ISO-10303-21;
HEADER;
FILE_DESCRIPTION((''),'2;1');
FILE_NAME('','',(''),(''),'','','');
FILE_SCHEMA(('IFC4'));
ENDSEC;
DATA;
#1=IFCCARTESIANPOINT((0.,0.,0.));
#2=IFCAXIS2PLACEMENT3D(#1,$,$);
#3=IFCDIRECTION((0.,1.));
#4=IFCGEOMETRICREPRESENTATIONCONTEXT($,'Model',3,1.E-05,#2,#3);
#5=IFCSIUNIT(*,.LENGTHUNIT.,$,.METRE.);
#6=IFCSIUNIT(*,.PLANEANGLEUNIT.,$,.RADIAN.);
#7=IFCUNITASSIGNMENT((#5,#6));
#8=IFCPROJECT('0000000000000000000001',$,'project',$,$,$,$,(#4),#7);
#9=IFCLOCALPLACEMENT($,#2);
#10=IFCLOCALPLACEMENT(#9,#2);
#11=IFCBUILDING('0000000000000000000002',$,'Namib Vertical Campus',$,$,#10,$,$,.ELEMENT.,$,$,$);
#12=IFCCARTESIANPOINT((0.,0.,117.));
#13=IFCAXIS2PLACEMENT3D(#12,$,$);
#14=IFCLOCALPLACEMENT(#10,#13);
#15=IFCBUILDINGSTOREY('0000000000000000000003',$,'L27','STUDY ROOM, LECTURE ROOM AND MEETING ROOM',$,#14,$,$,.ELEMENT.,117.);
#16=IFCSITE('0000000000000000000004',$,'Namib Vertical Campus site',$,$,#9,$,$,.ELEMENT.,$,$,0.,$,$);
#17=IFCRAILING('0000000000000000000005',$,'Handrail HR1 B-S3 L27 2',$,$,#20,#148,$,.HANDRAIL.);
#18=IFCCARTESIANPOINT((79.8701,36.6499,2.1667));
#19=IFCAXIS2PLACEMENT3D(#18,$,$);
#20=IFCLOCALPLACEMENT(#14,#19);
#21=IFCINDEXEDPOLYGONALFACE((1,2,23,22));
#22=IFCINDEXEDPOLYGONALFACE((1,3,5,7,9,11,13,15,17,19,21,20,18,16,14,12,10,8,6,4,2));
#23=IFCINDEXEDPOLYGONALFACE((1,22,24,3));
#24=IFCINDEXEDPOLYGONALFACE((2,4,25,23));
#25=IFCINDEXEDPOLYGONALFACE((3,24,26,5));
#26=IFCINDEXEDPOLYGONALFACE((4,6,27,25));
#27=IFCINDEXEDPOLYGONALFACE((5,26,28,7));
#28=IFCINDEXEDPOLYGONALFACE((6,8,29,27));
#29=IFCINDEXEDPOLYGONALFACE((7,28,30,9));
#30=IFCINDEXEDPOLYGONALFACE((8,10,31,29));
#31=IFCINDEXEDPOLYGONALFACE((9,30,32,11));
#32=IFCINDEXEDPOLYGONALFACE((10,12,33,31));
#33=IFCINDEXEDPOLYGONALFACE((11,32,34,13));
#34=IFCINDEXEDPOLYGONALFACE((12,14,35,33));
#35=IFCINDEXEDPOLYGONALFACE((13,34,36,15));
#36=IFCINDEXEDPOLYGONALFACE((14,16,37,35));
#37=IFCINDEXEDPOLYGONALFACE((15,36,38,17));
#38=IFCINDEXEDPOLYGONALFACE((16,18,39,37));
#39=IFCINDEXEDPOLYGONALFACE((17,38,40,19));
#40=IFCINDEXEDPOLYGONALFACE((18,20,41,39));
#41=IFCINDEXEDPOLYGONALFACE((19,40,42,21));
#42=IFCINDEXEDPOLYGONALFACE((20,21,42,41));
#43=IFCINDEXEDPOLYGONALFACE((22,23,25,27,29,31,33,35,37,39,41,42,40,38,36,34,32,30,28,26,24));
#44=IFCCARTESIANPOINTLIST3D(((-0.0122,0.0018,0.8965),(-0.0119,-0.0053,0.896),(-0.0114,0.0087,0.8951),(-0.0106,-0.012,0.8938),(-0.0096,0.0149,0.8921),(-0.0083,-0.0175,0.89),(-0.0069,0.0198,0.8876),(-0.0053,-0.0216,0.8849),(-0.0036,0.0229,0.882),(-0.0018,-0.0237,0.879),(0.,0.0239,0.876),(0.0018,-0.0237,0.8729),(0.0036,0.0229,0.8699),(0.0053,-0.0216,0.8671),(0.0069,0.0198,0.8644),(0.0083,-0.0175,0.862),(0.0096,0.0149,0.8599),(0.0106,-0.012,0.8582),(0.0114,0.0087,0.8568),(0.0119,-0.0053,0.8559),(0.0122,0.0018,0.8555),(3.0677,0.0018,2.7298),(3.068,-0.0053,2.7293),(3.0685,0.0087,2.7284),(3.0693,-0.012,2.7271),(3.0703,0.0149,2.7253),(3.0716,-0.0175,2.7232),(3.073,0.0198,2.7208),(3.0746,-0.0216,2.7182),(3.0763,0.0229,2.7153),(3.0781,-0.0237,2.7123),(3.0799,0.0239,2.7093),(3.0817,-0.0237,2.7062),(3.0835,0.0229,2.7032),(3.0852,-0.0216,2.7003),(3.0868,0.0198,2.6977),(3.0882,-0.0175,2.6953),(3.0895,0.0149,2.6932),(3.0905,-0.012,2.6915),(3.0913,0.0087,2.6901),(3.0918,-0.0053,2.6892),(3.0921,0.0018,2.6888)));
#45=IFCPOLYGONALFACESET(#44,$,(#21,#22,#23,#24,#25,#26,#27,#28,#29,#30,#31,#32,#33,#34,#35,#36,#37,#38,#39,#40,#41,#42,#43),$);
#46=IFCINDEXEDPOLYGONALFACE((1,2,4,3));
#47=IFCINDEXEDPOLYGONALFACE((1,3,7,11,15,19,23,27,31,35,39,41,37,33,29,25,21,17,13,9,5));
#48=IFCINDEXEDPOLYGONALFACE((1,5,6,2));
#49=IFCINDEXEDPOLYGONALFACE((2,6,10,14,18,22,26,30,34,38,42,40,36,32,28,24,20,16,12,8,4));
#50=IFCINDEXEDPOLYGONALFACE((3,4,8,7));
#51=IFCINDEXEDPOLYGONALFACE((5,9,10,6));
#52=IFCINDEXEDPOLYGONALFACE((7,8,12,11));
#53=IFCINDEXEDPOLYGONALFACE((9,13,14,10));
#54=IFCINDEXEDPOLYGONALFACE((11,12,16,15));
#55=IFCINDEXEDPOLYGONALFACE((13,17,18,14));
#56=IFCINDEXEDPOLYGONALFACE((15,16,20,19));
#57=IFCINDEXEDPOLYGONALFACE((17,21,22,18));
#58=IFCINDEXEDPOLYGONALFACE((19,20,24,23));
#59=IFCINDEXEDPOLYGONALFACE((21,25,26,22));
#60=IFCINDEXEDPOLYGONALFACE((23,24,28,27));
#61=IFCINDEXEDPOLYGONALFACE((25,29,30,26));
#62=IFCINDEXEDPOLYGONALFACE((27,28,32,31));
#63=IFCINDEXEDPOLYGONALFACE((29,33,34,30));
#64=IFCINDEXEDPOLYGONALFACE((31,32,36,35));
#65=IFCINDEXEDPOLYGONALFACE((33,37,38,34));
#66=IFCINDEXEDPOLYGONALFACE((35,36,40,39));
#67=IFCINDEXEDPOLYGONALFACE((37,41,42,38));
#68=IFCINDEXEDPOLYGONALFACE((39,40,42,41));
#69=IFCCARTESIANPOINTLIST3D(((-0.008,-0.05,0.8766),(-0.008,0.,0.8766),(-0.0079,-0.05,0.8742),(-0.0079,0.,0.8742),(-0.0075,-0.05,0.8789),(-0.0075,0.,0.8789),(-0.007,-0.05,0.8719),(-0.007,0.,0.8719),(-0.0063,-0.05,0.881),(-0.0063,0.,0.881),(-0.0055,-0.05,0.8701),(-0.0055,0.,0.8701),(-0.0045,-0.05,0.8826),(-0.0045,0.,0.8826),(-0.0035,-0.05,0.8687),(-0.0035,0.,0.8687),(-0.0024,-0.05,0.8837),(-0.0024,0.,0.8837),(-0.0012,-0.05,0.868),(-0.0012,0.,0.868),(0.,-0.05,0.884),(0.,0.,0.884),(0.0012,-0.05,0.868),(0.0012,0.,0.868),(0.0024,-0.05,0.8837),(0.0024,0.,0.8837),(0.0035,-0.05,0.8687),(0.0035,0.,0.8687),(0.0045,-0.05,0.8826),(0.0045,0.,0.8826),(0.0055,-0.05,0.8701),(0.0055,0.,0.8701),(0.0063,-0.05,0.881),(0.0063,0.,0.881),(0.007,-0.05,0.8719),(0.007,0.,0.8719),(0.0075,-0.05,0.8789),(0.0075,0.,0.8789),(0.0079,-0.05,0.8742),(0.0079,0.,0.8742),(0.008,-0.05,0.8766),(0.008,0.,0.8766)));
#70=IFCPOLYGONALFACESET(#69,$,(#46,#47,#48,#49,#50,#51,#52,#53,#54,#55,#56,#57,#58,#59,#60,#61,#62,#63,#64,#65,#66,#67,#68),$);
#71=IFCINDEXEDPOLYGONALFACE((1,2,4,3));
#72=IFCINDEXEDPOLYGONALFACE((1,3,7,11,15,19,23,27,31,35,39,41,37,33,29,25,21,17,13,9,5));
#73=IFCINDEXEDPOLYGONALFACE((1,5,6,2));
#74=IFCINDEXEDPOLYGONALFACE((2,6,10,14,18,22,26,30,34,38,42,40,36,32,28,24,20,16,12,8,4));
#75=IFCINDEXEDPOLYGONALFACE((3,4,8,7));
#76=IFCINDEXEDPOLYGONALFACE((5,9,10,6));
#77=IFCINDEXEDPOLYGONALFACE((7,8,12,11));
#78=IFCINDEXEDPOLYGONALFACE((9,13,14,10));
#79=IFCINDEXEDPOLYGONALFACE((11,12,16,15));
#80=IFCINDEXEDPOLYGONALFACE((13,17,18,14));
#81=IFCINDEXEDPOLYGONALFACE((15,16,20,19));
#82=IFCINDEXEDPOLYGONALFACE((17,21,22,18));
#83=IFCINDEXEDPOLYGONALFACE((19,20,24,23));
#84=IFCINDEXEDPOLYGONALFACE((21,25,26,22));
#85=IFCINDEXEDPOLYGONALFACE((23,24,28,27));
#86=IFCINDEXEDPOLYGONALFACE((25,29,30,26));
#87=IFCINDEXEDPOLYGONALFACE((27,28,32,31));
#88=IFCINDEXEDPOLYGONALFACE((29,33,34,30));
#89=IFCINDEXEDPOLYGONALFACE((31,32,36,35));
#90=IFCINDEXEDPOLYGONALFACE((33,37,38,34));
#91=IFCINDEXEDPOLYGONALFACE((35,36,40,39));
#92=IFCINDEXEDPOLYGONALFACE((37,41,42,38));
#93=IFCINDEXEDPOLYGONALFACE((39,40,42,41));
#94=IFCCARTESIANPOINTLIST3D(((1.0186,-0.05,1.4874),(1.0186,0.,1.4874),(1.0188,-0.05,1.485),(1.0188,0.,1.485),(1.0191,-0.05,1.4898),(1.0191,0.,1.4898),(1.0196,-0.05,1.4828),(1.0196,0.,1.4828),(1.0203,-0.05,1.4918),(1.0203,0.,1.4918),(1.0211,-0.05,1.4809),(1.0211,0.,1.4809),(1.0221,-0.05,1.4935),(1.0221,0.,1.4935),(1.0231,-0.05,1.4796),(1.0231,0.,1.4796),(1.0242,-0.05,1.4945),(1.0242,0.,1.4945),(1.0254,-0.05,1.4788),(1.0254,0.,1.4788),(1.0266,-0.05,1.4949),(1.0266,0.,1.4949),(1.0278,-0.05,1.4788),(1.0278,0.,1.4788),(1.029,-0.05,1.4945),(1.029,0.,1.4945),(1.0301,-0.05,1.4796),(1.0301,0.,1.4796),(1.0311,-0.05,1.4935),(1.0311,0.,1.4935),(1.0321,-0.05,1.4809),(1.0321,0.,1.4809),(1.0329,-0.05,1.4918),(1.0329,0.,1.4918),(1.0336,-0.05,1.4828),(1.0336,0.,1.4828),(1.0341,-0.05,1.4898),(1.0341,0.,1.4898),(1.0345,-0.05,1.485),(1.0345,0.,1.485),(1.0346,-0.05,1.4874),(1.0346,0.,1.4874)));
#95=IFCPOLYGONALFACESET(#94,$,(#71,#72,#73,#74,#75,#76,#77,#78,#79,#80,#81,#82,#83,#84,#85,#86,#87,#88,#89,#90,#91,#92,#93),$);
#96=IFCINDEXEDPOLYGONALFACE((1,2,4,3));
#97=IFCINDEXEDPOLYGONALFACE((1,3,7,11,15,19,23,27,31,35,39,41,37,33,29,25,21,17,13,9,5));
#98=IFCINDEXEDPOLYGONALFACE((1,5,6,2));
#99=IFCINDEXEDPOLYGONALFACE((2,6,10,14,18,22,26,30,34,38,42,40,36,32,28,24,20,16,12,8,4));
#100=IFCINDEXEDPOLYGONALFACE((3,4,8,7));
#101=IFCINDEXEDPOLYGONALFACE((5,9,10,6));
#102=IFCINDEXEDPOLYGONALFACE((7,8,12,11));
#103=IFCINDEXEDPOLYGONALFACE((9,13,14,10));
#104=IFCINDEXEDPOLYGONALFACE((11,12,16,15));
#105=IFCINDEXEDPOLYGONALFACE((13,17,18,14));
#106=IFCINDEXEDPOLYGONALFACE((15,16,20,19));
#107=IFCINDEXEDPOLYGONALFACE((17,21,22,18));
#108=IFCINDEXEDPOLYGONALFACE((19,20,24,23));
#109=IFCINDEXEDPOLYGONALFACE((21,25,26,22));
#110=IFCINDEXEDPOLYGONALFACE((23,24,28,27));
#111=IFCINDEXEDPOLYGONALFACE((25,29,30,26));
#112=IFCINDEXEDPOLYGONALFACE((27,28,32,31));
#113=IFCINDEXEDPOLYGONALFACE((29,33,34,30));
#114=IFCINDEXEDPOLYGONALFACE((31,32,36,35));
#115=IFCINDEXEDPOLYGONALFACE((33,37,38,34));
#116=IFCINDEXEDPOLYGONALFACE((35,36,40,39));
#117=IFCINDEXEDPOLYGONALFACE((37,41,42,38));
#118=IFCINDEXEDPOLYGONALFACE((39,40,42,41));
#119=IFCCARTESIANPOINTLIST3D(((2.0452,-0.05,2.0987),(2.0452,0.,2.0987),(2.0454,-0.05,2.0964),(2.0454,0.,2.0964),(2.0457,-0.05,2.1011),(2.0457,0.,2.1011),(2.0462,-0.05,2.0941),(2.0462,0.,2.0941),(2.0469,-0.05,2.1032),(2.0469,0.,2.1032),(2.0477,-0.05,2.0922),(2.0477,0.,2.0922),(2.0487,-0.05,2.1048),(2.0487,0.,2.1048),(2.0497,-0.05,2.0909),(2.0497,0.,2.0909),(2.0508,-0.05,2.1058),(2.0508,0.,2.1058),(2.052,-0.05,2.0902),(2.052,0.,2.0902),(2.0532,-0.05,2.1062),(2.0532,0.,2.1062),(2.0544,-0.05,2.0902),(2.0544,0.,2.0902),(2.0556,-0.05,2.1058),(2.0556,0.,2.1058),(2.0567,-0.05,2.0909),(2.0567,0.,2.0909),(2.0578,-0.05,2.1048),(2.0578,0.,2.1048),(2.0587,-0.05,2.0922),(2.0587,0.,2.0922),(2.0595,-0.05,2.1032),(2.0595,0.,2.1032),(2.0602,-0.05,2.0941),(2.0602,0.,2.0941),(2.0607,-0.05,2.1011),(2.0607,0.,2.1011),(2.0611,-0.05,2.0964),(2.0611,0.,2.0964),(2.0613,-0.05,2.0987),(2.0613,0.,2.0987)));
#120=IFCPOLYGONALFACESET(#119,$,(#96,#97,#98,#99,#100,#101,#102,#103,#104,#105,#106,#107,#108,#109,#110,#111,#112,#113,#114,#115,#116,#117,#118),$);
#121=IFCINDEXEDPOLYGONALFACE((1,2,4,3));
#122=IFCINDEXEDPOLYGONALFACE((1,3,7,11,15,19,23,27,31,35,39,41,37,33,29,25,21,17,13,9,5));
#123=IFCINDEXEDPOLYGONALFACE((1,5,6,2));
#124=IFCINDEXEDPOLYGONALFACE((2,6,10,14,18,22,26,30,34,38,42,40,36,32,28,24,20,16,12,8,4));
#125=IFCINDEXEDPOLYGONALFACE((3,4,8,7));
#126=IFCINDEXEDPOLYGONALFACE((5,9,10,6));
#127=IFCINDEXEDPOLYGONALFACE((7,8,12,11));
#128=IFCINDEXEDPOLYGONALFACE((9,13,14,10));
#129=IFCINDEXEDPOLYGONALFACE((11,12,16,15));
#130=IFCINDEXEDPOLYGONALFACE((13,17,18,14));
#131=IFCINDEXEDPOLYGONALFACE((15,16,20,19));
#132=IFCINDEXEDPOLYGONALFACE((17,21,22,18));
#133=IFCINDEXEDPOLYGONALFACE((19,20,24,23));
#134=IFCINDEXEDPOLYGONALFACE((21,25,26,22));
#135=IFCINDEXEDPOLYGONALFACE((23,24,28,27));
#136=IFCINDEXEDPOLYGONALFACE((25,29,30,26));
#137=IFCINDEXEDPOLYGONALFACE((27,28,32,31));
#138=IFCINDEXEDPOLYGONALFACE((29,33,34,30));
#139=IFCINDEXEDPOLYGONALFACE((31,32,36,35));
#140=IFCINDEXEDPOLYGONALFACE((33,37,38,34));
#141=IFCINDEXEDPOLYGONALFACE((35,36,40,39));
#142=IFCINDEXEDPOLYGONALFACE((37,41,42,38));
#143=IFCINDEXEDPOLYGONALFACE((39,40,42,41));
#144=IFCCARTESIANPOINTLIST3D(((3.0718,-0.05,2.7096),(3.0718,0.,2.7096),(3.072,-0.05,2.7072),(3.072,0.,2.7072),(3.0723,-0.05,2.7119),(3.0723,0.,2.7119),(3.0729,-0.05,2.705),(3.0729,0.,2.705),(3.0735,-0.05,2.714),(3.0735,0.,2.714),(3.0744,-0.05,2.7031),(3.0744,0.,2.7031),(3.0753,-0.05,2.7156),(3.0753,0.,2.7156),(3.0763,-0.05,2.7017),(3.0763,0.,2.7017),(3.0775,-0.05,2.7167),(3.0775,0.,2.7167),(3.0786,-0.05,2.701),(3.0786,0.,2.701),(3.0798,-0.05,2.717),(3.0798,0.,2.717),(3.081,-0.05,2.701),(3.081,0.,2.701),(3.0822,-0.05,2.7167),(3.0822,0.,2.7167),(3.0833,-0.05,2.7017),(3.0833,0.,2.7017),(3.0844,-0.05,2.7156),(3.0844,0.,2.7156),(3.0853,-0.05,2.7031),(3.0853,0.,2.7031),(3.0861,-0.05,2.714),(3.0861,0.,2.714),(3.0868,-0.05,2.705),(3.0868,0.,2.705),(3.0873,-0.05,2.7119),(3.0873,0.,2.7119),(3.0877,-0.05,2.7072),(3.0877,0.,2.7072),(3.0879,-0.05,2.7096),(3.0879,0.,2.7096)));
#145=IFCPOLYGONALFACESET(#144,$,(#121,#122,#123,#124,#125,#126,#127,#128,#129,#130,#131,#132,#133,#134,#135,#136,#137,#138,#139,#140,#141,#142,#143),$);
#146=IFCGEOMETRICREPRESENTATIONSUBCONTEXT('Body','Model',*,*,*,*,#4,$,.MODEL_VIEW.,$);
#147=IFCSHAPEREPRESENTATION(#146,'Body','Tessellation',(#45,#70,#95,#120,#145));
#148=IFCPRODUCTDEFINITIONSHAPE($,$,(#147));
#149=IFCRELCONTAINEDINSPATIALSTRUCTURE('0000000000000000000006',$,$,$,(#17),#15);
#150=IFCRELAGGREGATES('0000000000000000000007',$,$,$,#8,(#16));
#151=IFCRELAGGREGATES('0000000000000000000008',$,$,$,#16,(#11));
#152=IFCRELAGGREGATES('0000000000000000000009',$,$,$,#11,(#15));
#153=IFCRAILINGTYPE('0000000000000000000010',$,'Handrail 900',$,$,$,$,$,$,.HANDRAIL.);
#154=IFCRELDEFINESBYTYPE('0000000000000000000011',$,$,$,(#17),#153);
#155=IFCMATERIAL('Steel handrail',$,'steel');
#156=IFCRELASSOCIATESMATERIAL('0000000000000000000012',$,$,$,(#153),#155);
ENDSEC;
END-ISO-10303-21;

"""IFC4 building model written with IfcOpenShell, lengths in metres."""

from ifc_helpers import new_model, si_unit, direction, frame, origin, origin_2d, place, context, subcontext, project, spatial, circle, extrude, material, type_object, element, save


model = new_model("IFC4")

# Units and contexts
model_context = context("Model", 3, precision=1e-05, world=origin(), true_north=direction((0.0, 1.0)))
body_context = subcontext(model_context, "Body", "Model", "MODEL_VIEW")
ifc_project = project(units=[si_unit("LENGTHUNIT", "METRE"), si_unit("PLANEANGLEUNIT", "RADIAN")], contexts=[model_context])

# Site, building, storey
site_placement = place(None, origin())
site = spatial("IfcSite", under=ifc_project, at=site_placement, Name="Namib Vertical Campus site", CompositionType="ELEMENT", RefElevation=0.0)
building_placement = place(site_placement, origin())
building = spatial("IfcBuilding", under=site, at=building_placement, Name="Namib Vertical Campus", CompositionType="ELEMENT")
storey_placement = place(building_placement, frame((0.0, 0.0, 117.0)))
storey = spatial("IfcBuildingStorey", under=building, at=storey_placement, Name="L27", Description="STUDY ROOM, LECTURE ROOM AND MEETING ROOM", CompositionType="ELEMENT", Elevation=117.0)

# Railing
ifc_material_1 = material(Name="Steel handrail", Category="steel")
railing_type_1 = type_object("IfcRailingType", Name="Handrail 900", PredefinedType="HANDRAIL", material=ifc_material_1)
railing_1_placement = place(storey_placement, frame((79.8701, 36.6499, 2.1667)))
element("IfcRailing", 1, at=railing_1_placement, inside=storey, type_object=railing_type_1, Name="Handrail HR1 B-S3 L27 2", PredefinedType="HANDRAIL", context=body_context, shape_type="SweptSolid", body=[
    extrude(circle(Radius=0.0239, at=origin_2d()), frame((0.0, 0.0, 0.876), z_axis=(0.859291, 0.0, 0.511487), x_axis=(0.0, 1.0, 0.0)), (0.0, 0.0, 1.0), 3.5842),
    extrude(circle(Radius=0.0081, at=origin_2d()), frame((0.0, 0.0, 0.876), z_axis=(0.0, -1.0, 0.0), x_axis=(0.0, 0.0, 1.0)), (0.0, 0.0, 1.0), 0.05),
    extrude(circle(Radius=0.0081, at=origin_2d()), frame((1.0266, 0.0, 1.4868), z_axis=(0.0, -1.0, 0.0), x_axis=(0.0, 0.0, 1.0)), (0.0, 0.0, 1.0), 0.05),
    extrude(circle(Radius=0.0081, at=origin_2d()), frame((2.0532, 0.0, 2.0981), z_axis=(0.0, -1.0, 0.0), x_axis=(0.0, 0.0, 1.0)), (0.0, 0.0, 1.0), 0.05),
    extrude(circle(Radius=0.0081, at=origin_2d()), frame((3.0798, 0.0, 2.709), z_axis=(0.0, -1.0, 0.0), x_axis=(0.0, 0.0, 1.0)), (0.0, 0.0, 1.0), 0.05),
])

save(model, "model.ifc")
